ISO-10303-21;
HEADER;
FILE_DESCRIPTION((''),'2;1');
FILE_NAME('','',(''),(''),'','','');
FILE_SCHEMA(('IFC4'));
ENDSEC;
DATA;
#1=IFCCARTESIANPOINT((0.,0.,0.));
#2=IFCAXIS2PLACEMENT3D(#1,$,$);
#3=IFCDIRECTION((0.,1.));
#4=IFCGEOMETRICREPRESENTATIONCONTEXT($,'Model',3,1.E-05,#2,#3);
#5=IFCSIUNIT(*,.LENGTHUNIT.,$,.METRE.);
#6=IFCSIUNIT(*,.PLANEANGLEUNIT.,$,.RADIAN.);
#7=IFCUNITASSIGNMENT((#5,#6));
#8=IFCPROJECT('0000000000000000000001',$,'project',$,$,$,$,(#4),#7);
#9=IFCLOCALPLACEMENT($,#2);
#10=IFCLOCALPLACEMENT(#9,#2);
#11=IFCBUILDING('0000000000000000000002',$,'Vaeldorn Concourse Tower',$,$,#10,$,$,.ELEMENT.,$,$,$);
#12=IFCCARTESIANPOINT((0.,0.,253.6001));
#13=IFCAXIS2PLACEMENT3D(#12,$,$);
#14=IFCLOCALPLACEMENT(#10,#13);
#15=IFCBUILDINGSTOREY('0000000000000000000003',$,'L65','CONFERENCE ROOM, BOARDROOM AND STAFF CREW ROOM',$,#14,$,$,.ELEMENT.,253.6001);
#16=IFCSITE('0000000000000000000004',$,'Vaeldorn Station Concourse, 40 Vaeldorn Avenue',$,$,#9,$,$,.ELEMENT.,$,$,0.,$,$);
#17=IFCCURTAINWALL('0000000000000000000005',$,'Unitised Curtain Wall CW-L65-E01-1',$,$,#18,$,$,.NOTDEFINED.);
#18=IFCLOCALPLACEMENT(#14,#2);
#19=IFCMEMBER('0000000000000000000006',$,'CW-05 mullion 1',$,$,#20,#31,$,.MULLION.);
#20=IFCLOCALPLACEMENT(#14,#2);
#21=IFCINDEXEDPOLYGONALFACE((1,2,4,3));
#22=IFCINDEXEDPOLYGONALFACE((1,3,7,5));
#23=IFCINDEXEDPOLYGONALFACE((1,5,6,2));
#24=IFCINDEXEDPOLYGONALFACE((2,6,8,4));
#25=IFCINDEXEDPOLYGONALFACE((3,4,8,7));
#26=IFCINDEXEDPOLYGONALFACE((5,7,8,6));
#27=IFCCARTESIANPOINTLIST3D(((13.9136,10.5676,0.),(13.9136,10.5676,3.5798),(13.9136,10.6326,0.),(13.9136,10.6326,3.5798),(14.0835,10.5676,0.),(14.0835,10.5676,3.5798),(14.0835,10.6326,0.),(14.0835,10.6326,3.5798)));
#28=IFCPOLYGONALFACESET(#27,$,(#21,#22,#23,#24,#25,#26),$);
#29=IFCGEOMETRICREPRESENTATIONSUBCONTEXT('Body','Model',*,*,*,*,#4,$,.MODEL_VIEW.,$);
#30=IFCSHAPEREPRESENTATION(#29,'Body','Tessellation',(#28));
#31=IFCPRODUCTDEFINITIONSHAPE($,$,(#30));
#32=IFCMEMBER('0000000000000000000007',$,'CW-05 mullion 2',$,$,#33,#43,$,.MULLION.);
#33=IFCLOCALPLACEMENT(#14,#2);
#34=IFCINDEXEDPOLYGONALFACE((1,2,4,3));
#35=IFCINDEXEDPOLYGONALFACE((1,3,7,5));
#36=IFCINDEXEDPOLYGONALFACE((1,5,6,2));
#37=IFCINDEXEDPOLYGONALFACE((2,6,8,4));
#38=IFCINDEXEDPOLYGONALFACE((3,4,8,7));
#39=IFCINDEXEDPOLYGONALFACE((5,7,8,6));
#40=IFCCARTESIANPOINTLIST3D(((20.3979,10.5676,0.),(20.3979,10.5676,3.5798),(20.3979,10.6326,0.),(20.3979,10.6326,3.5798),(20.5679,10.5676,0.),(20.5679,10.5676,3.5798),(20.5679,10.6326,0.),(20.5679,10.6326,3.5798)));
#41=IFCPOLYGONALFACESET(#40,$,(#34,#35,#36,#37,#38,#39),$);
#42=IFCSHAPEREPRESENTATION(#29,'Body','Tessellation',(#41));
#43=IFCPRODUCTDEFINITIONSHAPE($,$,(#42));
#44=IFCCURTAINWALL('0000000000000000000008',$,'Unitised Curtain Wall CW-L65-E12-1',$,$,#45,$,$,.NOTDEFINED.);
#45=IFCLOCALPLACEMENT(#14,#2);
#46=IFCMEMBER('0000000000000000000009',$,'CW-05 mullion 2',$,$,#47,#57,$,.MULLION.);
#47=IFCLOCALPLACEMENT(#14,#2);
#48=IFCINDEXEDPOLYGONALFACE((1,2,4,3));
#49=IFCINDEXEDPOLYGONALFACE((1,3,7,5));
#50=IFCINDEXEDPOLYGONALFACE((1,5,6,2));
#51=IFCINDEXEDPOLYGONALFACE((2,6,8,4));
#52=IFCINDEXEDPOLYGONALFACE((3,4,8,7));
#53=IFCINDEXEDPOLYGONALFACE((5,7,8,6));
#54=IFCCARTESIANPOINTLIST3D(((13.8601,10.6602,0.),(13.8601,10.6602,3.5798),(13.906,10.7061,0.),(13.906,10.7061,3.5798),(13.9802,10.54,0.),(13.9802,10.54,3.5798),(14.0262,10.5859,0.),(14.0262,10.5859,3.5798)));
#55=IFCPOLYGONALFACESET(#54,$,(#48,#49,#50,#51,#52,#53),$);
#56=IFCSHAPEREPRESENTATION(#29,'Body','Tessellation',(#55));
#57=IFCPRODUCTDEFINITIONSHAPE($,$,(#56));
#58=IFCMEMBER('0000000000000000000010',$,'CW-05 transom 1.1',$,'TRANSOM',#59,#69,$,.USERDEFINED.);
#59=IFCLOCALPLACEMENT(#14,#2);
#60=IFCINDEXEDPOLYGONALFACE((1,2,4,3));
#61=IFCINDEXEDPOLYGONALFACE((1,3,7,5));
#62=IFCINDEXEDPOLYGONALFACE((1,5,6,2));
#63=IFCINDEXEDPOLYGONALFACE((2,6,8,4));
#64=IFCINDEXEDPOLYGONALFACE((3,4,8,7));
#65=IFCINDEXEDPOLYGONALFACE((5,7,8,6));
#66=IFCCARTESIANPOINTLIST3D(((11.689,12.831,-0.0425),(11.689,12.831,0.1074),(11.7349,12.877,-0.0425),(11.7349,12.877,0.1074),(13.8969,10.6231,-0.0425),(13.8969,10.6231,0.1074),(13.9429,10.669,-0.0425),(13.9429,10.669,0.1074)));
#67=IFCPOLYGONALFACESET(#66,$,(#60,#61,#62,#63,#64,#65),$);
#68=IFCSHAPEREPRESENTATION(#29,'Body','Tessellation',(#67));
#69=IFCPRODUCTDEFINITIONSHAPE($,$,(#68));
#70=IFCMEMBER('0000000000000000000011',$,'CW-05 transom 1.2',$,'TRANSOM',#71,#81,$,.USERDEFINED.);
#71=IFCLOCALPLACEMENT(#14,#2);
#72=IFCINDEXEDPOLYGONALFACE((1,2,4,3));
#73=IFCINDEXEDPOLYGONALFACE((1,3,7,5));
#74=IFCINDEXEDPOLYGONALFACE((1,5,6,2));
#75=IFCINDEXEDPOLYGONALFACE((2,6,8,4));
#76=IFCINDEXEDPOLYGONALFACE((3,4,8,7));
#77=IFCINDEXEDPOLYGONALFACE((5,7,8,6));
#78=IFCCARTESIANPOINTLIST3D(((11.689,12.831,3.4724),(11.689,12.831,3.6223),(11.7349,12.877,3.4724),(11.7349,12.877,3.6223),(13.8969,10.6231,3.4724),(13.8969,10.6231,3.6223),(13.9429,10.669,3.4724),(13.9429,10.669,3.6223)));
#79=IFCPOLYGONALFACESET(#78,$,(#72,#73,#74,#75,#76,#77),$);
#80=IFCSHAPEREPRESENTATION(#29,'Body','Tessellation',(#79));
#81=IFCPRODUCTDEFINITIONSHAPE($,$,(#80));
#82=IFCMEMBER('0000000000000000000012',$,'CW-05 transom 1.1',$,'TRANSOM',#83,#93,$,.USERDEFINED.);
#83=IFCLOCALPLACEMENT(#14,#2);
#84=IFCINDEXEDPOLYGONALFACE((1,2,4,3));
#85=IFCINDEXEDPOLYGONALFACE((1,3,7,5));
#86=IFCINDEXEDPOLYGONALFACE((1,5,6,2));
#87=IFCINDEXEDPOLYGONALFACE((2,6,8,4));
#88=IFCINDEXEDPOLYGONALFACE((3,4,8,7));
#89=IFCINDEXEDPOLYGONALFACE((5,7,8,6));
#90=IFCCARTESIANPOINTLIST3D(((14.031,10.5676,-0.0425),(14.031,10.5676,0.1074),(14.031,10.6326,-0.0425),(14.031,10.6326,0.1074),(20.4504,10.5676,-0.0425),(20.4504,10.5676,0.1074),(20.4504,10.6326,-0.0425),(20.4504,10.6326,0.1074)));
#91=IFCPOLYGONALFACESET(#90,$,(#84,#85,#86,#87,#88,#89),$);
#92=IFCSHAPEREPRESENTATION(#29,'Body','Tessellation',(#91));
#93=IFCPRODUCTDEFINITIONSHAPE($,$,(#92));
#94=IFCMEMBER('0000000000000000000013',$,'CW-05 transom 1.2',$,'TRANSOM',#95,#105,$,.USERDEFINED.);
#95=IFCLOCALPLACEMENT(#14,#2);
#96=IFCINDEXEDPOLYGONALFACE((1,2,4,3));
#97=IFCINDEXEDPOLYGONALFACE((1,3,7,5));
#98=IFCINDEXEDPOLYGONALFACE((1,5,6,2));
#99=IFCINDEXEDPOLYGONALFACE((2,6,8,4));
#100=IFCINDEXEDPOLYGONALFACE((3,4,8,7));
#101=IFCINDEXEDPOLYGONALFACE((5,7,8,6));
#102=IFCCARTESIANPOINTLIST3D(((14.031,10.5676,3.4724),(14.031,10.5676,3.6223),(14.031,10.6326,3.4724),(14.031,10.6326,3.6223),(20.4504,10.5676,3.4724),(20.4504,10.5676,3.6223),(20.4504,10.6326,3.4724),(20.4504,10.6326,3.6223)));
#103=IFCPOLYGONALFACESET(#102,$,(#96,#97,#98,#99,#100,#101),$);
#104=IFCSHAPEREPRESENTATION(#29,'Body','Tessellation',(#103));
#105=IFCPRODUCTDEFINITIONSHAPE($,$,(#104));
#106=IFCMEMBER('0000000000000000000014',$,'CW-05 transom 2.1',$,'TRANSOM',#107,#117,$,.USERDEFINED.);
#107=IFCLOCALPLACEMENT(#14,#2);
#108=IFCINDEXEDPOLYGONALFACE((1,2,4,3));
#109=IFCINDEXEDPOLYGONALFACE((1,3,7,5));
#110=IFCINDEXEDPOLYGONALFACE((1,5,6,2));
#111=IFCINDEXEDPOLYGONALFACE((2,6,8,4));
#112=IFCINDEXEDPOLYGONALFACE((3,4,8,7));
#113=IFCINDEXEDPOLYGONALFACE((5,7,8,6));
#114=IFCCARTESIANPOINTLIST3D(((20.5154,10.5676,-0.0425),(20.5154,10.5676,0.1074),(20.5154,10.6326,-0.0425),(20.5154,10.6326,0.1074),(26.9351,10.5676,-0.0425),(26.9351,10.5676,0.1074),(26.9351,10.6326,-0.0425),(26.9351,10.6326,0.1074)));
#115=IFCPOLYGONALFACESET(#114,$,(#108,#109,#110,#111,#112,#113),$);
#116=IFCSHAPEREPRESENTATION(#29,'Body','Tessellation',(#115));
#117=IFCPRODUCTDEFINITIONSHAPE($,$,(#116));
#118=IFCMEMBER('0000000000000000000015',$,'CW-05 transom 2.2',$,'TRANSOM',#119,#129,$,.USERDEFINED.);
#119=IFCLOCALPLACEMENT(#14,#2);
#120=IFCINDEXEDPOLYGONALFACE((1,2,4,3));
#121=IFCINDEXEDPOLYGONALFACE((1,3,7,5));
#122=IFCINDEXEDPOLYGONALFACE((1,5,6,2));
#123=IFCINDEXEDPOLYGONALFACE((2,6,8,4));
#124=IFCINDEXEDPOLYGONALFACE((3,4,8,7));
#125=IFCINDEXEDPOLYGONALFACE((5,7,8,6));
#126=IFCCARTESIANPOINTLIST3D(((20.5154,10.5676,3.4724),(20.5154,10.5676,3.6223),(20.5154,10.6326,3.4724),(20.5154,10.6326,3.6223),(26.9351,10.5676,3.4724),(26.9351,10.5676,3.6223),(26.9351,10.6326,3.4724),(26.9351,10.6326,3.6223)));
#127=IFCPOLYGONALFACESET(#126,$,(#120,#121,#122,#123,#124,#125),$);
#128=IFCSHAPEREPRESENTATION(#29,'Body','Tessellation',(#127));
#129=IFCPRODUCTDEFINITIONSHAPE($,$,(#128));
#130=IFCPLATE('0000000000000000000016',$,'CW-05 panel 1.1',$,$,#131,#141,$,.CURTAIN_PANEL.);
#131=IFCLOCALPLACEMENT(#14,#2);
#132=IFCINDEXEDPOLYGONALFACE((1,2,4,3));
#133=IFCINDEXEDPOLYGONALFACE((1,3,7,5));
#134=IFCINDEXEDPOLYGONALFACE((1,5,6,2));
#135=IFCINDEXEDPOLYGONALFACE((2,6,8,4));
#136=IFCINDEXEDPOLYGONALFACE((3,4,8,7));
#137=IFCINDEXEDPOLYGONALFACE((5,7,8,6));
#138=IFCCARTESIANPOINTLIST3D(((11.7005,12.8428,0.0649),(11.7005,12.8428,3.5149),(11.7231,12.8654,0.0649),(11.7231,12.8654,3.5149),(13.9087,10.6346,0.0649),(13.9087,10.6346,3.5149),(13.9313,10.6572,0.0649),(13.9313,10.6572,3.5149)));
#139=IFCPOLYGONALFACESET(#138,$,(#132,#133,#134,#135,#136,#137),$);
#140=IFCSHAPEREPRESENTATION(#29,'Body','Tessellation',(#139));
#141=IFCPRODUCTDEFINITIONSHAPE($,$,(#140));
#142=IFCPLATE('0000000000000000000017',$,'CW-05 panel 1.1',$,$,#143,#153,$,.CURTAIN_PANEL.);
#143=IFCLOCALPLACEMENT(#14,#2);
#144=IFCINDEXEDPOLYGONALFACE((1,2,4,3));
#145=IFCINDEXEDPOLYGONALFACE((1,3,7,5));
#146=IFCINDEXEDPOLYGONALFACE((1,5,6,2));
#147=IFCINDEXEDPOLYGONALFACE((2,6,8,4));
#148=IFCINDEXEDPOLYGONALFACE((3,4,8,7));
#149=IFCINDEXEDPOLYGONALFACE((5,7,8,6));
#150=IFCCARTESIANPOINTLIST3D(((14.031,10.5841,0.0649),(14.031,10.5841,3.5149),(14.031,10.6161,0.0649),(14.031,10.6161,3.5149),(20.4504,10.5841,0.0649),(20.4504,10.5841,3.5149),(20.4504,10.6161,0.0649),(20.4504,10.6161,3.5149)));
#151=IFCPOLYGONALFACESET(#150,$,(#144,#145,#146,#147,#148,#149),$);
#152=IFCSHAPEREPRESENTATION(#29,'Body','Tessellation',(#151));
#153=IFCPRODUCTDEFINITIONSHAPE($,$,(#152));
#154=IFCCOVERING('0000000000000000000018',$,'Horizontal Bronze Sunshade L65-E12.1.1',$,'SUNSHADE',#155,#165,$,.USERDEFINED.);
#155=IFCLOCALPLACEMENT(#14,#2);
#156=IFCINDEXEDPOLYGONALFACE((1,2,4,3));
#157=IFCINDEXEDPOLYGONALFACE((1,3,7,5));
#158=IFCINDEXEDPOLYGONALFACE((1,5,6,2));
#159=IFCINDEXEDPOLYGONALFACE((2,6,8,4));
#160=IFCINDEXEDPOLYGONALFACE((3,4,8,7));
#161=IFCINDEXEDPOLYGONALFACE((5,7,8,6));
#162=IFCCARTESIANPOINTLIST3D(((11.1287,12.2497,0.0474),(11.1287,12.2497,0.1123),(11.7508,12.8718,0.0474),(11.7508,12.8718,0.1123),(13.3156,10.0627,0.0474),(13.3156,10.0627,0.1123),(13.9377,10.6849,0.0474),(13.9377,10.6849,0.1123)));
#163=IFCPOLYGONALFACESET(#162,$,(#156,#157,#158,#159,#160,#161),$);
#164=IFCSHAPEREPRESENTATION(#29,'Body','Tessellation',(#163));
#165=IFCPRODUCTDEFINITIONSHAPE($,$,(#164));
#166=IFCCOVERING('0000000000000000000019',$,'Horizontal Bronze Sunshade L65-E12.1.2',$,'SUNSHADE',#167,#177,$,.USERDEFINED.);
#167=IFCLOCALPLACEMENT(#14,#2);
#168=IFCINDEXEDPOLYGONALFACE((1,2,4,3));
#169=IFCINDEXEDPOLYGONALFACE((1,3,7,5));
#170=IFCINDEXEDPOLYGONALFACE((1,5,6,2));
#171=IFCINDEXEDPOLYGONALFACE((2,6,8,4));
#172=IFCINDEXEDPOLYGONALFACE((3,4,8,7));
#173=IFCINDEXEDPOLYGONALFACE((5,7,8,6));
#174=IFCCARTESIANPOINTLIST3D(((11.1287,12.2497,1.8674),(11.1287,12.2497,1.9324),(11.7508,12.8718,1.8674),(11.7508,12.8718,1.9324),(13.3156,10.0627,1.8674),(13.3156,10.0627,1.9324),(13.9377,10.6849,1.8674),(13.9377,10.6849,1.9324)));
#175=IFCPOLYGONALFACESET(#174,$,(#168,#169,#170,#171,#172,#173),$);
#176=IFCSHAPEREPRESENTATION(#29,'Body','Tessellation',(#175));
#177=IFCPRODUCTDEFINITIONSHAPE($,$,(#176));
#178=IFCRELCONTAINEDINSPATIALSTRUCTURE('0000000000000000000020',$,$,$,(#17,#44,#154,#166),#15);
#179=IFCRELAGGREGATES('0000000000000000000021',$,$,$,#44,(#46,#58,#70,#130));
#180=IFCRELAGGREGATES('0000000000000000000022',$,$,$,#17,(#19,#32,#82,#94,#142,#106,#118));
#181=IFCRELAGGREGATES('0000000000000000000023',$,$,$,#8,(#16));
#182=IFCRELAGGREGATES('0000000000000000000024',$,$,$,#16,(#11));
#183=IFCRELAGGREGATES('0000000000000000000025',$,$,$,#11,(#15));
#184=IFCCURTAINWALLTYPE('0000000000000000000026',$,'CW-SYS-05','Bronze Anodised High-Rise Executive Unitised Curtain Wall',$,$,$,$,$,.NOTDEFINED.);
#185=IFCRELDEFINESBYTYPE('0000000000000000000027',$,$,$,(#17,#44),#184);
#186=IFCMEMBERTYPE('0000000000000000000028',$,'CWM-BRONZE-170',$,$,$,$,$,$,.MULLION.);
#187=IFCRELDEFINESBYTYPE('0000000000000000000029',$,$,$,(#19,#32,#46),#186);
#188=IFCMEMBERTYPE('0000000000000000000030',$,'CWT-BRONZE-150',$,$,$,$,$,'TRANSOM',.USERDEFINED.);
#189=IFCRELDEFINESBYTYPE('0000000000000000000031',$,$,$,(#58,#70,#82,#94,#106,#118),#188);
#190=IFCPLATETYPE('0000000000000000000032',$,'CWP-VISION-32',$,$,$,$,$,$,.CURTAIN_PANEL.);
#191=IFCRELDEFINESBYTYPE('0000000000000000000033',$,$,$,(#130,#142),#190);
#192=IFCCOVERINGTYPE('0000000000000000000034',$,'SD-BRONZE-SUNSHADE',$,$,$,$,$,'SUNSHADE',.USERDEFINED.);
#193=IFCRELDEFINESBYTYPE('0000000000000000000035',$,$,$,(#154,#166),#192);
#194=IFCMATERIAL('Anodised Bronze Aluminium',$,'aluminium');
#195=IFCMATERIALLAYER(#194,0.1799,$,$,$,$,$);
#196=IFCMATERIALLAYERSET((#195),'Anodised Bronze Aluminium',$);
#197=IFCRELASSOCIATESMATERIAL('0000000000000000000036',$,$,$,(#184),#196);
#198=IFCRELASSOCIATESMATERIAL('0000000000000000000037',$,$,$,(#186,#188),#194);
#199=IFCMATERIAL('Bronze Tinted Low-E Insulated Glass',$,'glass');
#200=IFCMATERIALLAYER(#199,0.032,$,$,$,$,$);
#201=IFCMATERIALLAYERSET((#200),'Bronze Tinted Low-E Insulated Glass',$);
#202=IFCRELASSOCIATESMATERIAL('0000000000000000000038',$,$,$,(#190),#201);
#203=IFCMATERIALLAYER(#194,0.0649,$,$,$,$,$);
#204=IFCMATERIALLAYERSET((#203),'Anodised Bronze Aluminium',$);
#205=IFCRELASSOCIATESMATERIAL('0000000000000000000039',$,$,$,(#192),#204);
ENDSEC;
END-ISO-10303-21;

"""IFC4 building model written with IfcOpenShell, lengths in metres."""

from ifc_helpers import new_model, si_unit, direction, frame, origin, origin_2d, place, context, subcontext, project, spatial, rectangle, extrude, source, transform, mapped, material, layer, layer_set, material_profile, profile_set, type_object, element, aggregate, save


model = new_model("IFC4")

# Units and contexts
model_context = context("Model", 3, precision=1e-05, world=origin(), true_north=direction((0.0, 1.0)))
body_context = subcontext(model_context, "Body", "Model", "MODEL_VIEW")
ifc_project = project(units=[si_unit("LENGTHUNIT", "METRE"), si_unit("PLANEANGLEUNIT", "RADIAN")], contexts=[model_context])

# Site, building, storey
site_placement = place(None, origin())
site = spatial("IfcSite", under=ifc_project, at=site_placement, Name="Vaeldorn Station Concourse, 40 Vaeldorn Avenue", CompositionType="ELEMENT", RefElevation=0.0)
building_placement = place(site_placement, origin())
building = spatial("IfcBuilding", under=site, at=building_placement, Name="Vaeldorn Concourse Tower", CompositionType="ELEMENT")
storey_placement = place(building_placement, frame((0.0, 0.0, 253.6001)))
storey = spatial("IfcBuildingStorey", under=building, at=storey_placement, Name="L65", Description="CONFERENCE ROOM, BOARDROOM AND STAFF CREW ROOM", CompositionType="ELEMENT", Elevation=253.6001)

# Curtain walls, members
ifc_material_1 = material(Name="Anodised Bronze Aluminium", Category="aluminium")
ifc_layer_1 = layer(ifc_material_1, 0.1799)
ifc_layer_set_1 = layer_set([ifc_layer_1], Name="Anodised Bronze Aluminium")
curtain_wall_type = type_object("IfcCurtainWallType", Name="CW-SYS-05", Description="Bronze Anodised High-Rise Executive Unitised Curtain Wall", PredefinedType="NOTDEFINED", material=ifc_layer_set_1)
curtain_wall_1_placement = place(storey_placement, origin())
curtain_wall_1 = element("IfcCurtainWall", 1, at=curtain_wall_1_placement, inside=storey, type_object=curtain_wall_type, Name="Unitised Curtain Wall CW-L65-E01-1", PredefinedType="NOTDEFINED")
ifc_material_profile_1 = material_profile(ifc_material_1, rectangle(XDim=0.0649, YDim=0.1699, at=origin_2d()), Name="CWM 65x170")
ifc_profile_set_1 = profile_set([ifc_material_profile_1], Name="Anodised Bronze Aluminium")
member_type_1 = type_object("IfcMemberType", Name="CWM-BRONZE-170", PredefinedType="MULLION", material=ifc_profile_set_1)
shared_shape_1 = source(origin(), body_context, "Body", "SweptSolid", [
    extrude(rectangle(XDim=0.0649, YDim=0.1699, at=origin_2d()), origin(), (0.0, 0.0, 1.0), 3.5798),
])
member_1_placement = place(storey_placement, frame((13.9985, 10.6001, 0.0), z_axis=(0.0, 0.0, 1.0), x_axis=(0.0, 1.0, 0.0)))
member_1 = element("IfcMember", 2, at=member_1_placement, type_object=member_type_1, Name="CW-05 mullion 1", PredefinedType="MULLION", context=body_context, shape_type="MappedRepresentation", body=[
    mapped(shared_shape_1, transform((0.0, 0.0, 0.0), scale=1.0)),
])
member_2_placement = place(storey_placement, frame((20.4829, 10.6001, 0.0), z_axis=(0.0, 0.0, 1.0), x_axis=(0.0, 1.0, 0.0)))
member_2 = element("IfcMember", 3, at=member_2_placement, type_object=member_type_1, Name="CW-05 mullion 2", PredefinedType="MULLION", context=body_context, shape_type="MappedRepresentation", body=[
    mapped(shared_shape_1, transform((0.0, 0.0, 0.0), scale=1.0)),
])
curtain_wall_2_placement = place(storey_placement, origin())
curtain_wall_2 = element("IfcCurtainWall", 4, at=curtain_wall_2_placement, inside=storey, type_object=curtain_wall_type, Name="Unitised Curtain Wall CW-L65-E12-1", PredefinedType="NOTDEFINED")
member_3_placement = place(storey_placement, frame((13.9431, 10.623, 0.0), z_axis=(0.0, 0.0, 1.0), x_axis=(0.707107, 0.707107, 0.0)))
member_3 = element("IfcMember", 5, at=member_3_placement, type_object=member_type_1, Name="CW-05 mullion 2", PredefinedType="MULLION", context=body_context, shape_type="MappedRepresentation", body=[
    mapped(shared_shape_1, transform((0.0, 0.0, 0.0), scale=1.0)),
])
ifc_material_profile_2 = material_profile(ifc_material_1, rectangle(XDim=0.0649, YDim=0.1499, at=origin_2d()), Name="CWT 65x150")
ifc_profile_set_2 = profile_set([ifc_material_profile_2], Name="Anodised Bronze Aluminium")
member_type_2 = type_object("IfcMemberType", Name="CWT-BRONZE-150", ElementType="TRANSOM", PredefinedType="USERDEFINED", material=ifc_profile_set_2)
shared_shape_2 = source(origin(), body_context, "Body", "SweptSolid", [
    extrude(rectangle(XDim=0.0649, YDim=0.1499, at=origin_2d()), origin(), (0.0, 0.0, 1.0), 3.1226),
])
member_4_placement = place(storey_placement, frame((11.7119, 12.854, 0.0325), z_axis=(0.707107, -0.707107, 0.0), x_axis=(0.707107, 0.707107, 0.0)))
member_4 = element("IfcMember", 6, at=member_4_placement, type_object=member_type_2, Name="CW-05 transom 1.1", ObjectType="TRANSOM", PredefinedType="USERDEFINED", context=body_context, shape_type="MappedRepresentation", body=[
    mapped(shared_shape_2, transform((0.0, 0.0, 0.0), scale=1.0)),
])
member_5_placement = place(storey_placement, frame((11.7119, 12.854, 3.5474), z_axis=(0.707107, -0.707107, 0.0), x_axis=(0.707107, 0.707107, 0.0)))
member_5 = element("IfcMember", 7, at=member_5_placement, type_object=member_type_2, Name="CW-05 transom 1.2", ObjectType="TRANSOM", PredefinedType="USERDEFINED", context=body_context, shape_type="MappedRepresentation", body=[
    mapped(shared_shape_2, transform((0.0, 0.0, 0.0), scale=1.0)),
])

# Members
shared_shape_3 = source(origin(), body_context, "Body", "SweptSolid", [
    extrude(rectangle(XDim=0.0649, YDim=0.1499, at=origin_2d()), origin(), (0.0, 0.0, 1.0), 6.4194),
])
member_6_placement = place(storey_placement, frame((14.031, 10.6001, 0.0325), z_axis=(1.0, 0.0, 0.0), x_axis=(0.0, 1.0, 0.0)))
member_6 = element("IfcMember", 8, at=member_6_placement, type_object=member_type_2, Name="CW-05 transom 1.1", ObjectType="TRANSOM", PredefinedType="USERDEFINED", context=body_context, shape_type="MappedRepresentation", body=[
    mapped(shared_shape_3, transform((0.0, 0.0, 0.0), scale=1.0)),
])
member_7_placement = place(storey_placement, frame((14.031, 10.6001, 3.5474), z_axis=(1.0, 0.0, 0.0), x_axis=(0.0, 1.0, 0.0)))
member_7 = element("IfcMember", 9, at=member_7_placement, type_object=member_type_2, Name="CW-05 transom 1.2", ObjectType="TRANSOM", PredefinedType="USERDEFINED", context=body_context, shape_type="MappedRepresentation", body=[
    mapped(shared_shape_3, transform((0.0, 0.0, 0.0), scale=1.0)),
])
shared_shape_4 = source(origin(), body_context, "Body", "SweptSolid", [
    extrude(rectangle(XDim=0.0649, YDim=0.1499, at=origin_2d()), origin(), (0.0, 0.0, 1.0), 6.4197),
])
member_8_placement = place(storey_placement, frame((20.5154, 10.6001, 0.0325), z_axis=(1.0, 0.0, 0.0), x_axis=(0.0, 1.0, 0.0)))
member_8 = element("IfcMember", 10, at=member_8_placement, type_object=member_type_2, Name="CW-05 transom 2.1", ObjectType="TRANSOM", PredefinedType="USERDEFINED", context=body_context, shape_type="MappedRepresentation", body=[
    mapped(shared_shape_4, transform((0.0, 0.0, 0.0), scale=1.0)),
])
member_9_placement = place(storey_placement, frame((20.5154, 10.6001, 3.5474), z_axis=(1.0, 0.0, 0.0), x_axis=(0.0, 1.0, 0.0)))
member_9 = element("IfcMember", 11, at=member_9_placement, type_object=member_type_2, Name="CW-05 transom 2.2", ObjectType="TRANSOM", PredefinedType="USERDEFINED", context=body_context, shape_type="MappedRepresentation", body=[
    mapped(shared_shape_4, transform((0.0, 0.0, 0.0), scale=1.0)),
])

# Plates
ifc_material_2 = material(Name="Bronze Tinted Low-E Insulated Glass", Category="glass")
ifc_layer_2 = layer(ifc_material_2, 0.032)
ifc_layer_set_2 = layer_set([ifc_layer_2], Name="Bronze Tinted Low-E Insulated Glass")
plate_type = type_object("IfcPlateType", Name="CWP-VISION-32", PredefinedType="CURTAIN_PANEL", material=ifc_layer_set_2)
shared_shape_5 = source(origin(), body_context, "Body", "SweptSolid", [
    extrude(rectangle(XDim=3.1228, YDim=0.032, at=origin_2d()), origin(), (0.0, 0.0, 1.0), 3.45),
])
plate_1_placement = place(storey_placement, frame((12.8159, 11.75, 0.0649), z_axis=(0.0, 0.0, 1.0), x_axis=(0.707107, -0.707107, 0.0)))
plate_1 = element("IfcPlate", 12, at=plate_1_placement, type_object=plate_type, Name="CW-05 panel 1.1", PredefinedType="CURTAIN_PANEL", context=body_context, shape_type="MappedRepresentation", body=[
    mapped(shared_shape_5, transform((0.0, 0.0, 0.0), scale=1.0)),
])
aggregate(curtain_wall_2, [member_3, member_4, member_5, plate_1])
shared_shape_6 = source(origin(), body_context, "Body", "SweptSolid", [
    extrude(rectangle(XDim=6.4194, YDim=0.032, at=origin_2d()), origin(), (0.0, 0.0, 1.0), 3.45),
])
plate_2_placement = place(storey_placement, frame((17.2407, 10.6001, 0.0649), z_axis=(0.0, 0.0, 1.0), x_axis=(1.0, 0.0, 0.0)))
plate_2 = element("IfcPlate", 13, at=plate_2_placement, type_object=plate_type, Name="CW-05 panel 1.1", PredefinedType="CURTAIN_PANEL", context=body_context, shape_type="MappedRepresentation", body=[
    mapped(shared_shape_6, transform((0.0, 0.0, 0.0), scale=1.0)),
])
aggregate(curtain_wall_1, [member_1, member_2, member_6, member_7, plate_2, member_8, member_9])

# Coverings
ifc_layer_3 = layer(ifc_material_1, 0.0649)
ifc_layer_set_3 = layer_set([ifc_layer_3], Name="Anodised Bronze Aluminium")
covering_type = type_object("IfcCoveringType", Name="SD-BRONZE-SUNSHADE", ElementType="SUNSHADE", PredefinedType="USERDEFINED", material=ifc_layer_set_3)
shared_shape_7 = source(origin(), body_context, "Body", "SweptSolid", [
    extrude(rectangle(XDim=3.0928, YDim=0.8799, at=origin_2d()), origin(), (0.0, 0.0, 1.0), 0.0649),
])
for number, where, z_axis, x_axis, name in (
    (14, (12.5332, 11.4673, 0.0474), (0.0, 0.0, 1.0), (0.707107, -0.707107, 0.0), "Horizontal Bronze Sunshade L65-E12.1.1"),
    (15, (12.5332, 11.4673, 1.8674), (0.0, 0.0, 1.0), (0.707107, -0.707107, 0.0), "Horizontal Bronze Sunshade L65-E12.1.2"),
):
    element("IfcCovering", number, at=place(storey_placement, frame(where, z_axis=z_axis, x_axis=x_axis)), inside=storey, type_object=covering_type, Name=name, ObjectType="SUNSHADE", PredefinedType="USERDEFINED", context=body_context, shape_type="MappedRepresentation", body=[
        mapped(shared_shape_7, transform((0.0, 0.0, 0.0), scale=1.0)),
    ])

save(model, "model.ifc")
